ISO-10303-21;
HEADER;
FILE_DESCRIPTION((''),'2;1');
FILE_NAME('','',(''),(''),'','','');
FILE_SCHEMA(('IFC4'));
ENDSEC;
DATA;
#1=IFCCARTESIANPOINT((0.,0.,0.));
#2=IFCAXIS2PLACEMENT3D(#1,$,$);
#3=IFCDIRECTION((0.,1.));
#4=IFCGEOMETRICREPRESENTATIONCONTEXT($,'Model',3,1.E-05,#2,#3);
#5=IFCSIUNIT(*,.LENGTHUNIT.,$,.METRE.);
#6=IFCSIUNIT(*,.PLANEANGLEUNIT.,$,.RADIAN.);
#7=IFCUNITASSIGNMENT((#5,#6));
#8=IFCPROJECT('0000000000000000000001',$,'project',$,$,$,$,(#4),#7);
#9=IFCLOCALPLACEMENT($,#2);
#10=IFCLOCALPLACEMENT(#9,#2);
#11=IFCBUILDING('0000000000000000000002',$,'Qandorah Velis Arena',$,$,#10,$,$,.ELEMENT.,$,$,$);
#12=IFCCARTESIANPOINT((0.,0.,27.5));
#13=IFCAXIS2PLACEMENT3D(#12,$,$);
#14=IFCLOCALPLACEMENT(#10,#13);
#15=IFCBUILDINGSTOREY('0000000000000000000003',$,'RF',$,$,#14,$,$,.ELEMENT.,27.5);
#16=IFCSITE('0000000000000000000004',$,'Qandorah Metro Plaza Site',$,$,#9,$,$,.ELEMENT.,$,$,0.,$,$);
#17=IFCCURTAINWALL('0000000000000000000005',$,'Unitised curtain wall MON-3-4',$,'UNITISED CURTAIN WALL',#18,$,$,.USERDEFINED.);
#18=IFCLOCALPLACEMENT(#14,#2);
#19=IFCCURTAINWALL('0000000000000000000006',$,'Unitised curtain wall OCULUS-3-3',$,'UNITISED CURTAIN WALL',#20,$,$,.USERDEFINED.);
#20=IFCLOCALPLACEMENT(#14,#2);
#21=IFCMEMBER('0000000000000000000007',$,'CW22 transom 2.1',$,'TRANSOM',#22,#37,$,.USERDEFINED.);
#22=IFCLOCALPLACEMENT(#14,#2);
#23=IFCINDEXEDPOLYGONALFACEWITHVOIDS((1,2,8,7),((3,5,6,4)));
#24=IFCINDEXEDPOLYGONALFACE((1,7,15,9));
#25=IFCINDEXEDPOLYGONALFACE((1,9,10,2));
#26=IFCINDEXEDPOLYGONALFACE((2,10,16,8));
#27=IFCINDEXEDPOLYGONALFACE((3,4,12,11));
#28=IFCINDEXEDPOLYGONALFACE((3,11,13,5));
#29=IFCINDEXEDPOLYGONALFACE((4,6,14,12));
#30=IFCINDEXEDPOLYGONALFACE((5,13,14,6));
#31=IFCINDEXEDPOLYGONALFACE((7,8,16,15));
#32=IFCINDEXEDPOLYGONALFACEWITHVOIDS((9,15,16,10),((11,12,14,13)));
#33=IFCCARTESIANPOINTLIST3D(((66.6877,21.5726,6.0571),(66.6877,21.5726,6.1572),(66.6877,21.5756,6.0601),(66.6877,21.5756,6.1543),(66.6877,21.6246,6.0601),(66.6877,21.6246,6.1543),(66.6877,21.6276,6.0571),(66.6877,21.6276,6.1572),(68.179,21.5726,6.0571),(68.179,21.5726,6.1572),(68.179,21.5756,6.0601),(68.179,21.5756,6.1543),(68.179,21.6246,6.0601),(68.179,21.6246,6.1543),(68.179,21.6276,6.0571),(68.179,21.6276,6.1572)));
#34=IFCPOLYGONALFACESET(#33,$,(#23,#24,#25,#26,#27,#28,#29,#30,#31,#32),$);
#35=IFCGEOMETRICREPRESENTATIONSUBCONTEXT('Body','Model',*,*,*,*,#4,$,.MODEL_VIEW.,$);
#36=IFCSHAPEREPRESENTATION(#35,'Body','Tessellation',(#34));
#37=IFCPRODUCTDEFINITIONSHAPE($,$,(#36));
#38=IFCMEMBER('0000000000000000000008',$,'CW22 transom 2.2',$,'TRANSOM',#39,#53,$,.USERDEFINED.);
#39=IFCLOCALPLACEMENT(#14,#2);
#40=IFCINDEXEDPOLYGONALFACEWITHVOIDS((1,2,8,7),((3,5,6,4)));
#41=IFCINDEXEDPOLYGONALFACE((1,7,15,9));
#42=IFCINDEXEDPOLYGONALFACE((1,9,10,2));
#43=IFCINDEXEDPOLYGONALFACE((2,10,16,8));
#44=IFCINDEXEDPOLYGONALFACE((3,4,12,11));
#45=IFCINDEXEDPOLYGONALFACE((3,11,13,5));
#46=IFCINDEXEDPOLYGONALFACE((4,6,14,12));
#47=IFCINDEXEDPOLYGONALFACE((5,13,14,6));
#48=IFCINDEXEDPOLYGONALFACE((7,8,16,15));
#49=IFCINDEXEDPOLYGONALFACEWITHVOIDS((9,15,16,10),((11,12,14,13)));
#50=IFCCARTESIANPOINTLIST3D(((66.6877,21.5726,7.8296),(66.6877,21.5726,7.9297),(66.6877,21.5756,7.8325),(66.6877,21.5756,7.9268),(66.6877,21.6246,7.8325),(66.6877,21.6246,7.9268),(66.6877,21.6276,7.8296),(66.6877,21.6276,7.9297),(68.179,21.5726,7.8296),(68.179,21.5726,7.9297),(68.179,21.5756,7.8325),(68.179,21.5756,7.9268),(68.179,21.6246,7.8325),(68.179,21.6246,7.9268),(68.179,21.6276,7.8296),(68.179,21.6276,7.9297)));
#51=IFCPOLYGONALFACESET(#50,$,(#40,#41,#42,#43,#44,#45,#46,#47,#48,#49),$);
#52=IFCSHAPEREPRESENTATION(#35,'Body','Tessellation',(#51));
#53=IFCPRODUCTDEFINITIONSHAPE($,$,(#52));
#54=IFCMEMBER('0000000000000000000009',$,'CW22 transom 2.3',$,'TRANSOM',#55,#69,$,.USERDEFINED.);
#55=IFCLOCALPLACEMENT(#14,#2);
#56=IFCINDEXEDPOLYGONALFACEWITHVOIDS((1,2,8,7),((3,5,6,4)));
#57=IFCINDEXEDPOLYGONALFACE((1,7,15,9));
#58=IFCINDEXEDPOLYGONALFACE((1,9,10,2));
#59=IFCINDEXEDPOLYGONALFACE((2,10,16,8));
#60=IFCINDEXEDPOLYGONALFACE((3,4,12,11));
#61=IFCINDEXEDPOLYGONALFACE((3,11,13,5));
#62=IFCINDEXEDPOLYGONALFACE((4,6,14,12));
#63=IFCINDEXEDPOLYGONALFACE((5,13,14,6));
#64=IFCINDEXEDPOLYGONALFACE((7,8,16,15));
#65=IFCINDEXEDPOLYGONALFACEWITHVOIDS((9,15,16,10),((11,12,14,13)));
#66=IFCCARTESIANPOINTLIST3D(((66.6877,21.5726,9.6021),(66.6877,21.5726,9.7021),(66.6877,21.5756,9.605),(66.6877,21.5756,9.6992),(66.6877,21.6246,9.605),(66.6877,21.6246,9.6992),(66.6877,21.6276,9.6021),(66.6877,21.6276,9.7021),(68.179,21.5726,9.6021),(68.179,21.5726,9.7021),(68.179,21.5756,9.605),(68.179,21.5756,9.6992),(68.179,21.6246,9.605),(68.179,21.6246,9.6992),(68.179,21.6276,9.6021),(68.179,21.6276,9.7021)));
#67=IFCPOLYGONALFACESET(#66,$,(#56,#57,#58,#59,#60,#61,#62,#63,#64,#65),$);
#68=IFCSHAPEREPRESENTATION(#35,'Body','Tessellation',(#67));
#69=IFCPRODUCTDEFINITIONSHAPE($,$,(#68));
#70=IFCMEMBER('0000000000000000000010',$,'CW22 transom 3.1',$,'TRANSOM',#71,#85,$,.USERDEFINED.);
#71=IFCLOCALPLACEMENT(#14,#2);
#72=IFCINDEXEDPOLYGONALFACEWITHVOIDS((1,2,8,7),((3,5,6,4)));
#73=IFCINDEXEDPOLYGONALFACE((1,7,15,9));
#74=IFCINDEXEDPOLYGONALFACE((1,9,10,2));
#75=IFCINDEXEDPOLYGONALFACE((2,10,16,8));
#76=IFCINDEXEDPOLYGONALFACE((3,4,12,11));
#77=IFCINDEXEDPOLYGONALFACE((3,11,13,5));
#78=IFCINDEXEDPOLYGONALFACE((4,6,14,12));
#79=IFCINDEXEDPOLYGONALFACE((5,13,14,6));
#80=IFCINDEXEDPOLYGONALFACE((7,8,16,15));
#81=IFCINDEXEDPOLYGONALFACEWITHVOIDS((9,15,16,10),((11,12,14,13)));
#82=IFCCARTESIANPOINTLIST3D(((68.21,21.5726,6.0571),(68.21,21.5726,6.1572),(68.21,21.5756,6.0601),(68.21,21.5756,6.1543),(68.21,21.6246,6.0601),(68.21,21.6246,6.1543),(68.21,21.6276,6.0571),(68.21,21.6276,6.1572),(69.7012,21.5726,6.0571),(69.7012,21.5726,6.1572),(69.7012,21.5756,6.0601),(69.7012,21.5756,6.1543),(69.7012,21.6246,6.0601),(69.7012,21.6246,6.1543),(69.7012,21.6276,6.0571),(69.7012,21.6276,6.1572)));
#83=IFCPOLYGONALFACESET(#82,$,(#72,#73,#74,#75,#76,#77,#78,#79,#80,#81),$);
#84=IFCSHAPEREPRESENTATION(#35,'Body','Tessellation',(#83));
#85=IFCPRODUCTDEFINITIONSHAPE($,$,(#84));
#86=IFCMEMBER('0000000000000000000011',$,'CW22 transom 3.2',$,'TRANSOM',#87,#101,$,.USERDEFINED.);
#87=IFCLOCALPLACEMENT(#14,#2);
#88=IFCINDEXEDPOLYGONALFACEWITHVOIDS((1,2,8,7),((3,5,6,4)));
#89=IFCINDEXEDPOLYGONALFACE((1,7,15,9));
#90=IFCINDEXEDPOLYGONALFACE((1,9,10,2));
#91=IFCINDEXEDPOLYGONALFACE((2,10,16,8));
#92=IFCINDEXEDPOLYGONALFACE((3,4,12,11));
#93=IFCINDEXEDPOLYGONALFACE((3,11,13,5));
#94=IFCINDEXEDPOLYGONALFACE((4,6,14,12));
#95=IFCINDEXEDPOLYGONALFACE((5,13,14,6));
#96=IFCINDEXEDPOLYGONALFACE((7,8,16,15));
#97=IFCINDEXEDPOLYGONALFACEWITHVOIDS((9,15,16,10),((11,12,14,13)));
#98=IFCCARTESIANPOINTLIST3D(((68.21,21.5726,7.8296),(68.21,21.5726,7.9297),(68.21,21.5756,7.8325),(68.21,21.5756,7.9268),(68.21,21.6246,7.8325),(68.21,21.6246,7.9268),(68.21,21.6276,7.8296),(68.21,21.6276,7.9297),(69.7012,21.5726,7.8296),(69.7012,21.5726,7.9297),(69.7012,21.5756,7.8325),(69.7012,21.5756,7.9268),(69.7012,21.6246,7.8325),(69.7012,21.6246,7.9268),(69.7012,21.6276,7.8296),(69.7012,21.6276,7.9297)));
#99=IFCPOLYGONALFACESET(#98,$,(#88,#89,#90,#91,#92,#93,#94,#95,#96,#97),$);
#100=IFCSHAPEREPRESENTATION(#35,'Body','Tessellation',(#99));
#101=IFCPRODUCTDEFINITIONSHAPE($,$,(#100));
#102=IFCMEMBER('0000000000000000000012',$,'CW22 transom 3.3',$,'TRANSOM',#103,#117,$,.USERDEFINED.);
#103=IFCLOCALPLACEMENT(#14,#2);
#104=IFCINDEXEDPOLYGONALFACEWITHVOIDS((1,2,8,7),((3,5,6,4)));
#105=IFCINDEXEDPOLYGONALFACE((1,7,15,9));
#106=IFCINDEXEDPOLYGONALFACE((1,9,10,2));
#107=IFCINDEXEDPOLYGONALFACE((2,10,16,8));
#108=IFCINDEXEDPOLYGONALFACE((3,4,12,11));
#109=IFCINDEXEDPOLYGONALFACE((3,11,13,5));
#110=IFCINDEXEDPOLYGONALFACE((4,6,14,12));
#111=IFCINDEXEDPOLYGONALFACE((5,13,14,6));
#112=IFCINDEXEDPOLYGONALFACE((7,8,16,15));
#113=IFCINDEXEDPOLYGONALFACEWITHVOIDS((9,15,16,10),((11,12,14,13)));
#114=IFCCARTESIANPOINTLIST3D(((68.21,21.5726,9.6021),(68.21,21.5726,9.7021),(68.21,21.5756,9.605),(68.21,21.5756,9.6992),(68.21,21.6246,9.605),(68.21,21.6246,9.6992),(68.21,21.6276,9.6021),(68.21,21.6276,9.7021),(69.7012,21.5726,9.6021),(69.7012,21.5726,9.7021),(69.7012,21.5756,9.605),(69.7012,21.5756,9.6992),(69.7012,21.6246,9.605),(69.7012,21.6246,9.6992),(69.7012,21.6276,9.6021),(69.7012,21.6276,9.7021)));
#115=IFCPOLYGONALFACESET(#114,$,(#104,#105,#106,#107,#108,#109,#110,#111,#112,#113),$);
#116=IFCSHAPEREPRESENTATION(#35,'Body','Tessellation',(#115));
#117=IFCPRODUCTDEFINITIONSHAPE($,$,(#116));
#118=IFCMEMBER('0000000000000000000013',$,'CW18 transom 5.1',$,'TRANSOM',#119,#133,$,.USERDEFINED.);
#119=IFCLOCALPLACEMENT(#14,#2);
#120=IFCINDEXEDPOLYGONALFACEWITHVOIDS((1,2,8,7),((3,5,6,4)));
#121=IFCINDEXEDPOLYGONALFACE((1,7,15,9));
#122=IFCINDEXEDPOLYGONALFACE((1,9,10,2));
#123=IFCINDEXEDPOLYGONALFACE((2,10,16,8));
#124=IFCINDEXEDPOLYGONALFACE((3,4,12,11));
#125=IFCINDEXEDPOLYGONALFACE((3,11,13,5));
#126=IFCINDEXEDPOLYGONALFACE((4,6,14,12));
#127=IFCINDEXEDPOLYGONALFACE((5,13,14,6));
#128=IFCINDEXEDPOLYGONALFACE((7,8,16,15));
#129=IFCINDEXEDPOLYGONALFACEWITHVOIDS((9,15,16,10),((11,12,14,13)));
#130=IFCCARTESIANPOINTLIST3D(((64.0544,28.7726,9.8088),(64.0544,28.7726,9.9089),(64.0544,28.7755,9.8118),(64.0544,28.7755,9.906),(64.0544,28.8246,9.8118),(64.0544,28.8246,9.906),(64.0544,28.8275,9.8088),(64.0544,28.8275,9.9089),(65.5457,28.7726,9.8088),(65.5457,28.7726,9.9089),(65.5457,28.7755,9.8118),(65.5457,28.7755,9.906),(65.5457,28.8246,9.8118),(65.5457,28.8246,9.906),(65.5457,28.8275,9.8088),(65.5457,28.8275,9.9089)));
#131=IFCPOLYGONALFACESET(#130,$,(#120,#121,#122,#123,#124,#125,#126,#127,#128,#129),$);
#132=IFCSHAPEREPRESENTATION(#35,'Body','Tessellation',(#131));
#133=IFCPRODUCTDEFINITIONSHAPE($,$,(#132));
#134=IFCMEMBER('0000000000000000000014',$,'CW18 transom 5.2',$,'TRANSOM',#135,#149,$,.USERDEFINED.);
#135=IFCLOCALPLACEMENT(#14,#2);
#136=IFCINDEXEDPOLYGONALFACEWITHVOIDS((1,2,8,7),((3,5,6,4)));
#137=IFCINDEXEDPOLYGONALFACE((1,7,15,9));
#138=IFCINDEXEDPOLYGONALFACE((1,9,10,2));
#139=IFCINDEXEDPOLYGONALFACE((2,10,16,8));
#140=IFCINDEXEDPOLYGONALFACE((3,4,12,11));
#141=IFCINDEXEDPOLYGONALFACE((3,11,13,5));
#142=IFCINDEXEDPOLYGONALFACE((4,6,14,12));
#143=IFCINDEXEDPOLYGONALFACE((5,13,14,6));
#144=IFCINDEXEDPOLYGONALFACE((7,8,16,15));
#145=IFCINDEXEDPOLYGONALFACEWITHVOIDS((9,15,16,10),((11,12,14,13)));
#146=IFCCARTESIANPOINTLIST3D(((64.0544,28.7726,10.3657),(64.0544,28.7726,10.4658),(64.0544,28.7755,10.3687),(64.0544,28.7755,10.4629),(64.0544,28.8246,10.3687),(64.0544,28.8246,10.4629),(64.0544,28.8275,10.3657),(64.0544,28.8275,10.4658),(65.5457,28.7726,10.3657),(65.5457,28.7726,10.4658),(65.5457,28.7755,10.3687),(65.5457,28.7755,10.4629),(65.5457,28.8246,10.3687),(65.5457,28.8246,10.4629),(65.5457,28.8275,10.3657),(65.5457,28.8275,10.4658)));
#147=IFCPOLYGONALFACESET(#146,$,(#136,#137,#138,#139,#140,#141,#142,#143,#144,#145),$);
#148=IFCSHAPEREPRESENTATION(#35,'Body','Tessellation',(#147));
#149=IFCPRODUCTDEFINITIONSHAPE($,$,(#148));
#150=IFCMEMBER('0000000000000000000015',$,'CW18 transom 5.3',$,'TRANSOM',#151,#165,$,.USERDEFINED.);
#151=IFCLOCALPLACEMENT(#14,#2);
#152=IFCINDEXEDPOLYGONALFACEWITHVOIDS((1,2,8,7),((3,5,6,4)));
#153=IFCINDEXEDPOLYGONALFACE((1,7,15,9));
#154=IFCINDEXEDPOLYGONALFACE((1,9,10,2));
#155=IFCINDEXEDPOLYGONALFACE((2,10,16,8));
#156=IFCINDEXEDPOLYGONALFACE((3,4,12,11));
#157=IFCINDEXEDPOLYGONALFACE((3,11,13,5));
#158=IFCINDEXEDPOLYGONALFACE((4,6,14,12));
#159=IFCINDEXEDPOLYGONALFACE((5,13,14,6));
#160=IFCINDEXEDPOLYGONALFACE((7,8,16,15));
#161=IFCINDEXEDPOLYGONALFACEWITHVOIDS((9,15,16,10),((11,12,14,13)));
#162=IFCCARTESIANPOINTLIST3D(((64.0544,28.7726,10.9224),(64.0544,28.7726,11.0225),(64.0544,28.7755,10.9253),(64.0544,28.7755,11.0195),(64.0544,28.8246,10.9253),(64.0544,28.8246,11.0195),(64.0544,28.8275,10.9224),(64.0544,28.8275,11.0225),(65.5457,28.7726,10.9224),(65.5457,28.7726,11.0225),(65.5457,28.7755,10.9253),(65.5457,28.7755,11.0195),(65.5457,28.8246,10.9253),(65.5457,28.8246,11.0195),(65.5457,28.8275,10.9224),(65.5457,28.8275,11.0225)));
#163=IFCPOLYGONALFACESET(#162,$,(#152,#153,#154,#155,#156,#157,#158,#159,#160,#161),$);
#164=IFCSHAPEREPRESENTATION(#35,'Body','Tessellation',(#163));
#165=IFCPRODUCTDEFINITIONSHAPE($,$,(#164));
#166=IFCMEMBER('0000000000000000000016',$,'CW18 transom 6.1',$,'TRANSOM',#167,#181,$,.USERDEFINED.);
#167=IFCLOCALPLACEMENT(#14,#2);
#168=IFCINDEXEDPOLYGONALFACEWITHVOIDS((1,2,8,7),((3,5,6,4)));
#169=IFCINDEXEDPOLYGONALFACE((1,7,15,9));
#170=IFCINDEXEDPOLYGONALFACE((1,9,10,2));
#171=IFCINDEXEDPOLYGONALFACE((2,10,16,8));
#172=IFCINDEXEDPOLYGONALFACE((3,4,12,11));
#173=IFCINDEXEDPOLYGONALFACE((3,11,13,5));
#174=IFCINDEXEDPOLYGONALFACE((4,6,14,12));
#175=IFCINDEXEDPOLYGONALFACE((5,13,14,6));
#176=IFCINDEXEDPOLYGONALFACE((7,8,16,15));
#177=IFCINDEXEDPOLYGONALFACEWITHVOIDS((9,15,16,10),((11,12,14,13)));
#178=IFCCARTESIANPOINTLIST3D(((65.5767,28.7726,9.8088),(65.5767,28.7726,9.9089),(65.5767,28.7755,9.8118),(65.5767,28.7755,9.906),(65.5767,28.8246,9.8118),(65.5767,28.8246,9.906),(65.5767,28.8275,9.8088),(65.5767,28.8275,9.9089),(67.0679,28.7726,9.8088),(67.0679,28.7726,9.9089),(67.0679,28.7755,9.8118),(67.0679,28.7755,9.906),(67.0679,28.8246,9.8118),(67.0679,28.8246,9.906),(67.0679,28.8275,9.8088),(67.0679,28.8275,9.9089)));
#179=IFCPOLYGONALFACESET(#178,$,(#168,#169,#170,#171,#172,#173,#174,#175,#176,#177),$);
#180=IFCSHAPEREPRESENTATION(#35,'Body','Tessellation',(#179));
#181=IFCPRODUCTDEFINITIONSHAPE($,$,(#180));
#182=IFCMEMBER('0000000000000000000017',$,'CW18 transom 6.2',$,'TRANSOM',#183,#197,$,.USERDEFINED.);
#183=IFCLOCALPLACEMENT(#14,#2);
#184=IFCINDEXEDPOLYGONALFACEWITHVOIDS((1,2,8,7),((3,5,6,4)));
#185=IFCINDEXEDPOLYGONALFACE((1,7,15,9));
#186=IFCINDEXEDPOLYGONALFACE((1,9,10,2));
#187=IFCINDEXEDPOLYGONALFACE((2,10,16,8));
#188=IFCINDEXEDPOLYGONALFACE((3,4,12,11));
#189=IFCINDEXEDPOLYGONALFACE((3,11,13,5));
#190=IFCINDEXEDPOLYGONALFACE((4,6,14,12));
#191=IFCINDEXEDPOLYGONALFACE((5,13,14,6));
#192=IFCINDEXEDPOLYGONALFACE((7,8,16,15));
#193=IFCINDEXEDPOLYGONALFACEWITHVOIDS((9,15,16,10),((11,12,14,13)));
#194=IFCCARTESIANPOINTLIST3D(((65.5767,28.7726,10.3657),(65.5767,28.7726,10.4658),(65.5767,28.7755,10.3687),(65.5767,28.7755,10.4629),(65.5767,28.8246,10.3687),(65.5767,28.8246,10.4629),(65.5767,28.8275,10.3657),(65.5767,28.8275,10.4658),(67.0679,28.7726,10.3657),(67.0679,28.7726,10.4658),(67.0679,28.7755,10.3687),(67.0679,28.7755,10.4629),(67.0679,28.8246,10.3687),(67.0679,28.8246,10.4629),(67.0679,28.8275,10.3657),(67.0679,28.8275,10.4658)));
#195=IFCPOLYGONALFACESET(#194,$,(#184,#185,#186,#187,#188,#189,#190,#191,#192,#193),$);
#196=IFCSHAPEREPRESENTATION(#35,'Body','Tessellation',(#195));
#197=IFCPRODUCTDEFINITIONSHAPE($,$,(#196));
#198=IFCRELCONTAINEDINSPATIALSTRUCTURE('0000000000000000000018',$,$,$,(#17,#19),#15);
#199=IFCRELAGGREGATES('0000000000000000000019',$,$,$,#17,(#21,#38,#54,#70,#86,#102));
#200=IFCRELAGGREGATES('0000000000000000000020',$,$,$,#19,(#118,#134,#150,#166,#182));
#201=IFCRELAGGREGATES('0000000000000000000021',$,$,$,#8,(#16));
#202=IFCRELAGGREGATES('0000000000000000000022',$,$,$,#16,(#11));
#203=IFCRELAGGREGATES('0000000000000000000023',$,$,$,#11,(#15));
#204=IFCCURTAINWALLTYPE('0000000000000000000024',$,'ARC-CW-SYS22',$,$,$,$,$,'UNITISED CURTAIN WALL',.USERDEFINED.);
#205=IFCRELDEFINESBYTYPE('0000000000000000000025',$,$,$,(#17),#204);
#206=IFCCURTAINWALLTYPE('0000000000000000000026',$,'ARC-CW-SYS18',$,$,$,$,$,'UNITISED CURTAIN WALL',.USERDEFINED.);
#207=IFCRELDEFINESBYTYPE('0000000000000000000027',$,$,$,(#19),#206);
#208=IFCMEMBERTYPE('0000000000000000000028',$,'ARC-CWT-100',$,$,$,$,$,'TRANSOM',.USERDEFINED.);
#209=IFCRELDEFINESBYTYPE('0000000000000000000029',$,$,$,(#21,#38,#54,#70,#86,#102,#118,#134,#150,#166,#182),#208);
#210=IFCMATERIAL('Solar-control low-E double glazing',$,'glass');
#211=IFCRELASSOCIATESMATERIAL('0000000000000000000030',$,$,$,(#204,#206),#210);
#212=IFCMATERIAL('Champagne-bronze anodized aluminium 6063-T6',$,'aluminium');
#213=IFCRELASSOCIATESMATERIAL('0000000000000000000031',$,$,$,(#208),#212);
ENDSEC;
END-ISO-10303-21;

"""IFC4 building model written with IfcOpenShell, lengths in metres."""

from ifc_helpers import new_model, si_unit, direction, frame, origin, origin_2d, place, context, subcontext, project, spatial, hollow_rectangle, extrude, material, material_profile, profile_set, type_object, element, aggregate, save


model = new_model("IFC4")

# Units and contexts
model_context = context("Model", 3, precision=1e-05, world=origin(), true_north=direction((0.0, 1.0)))
body_context = subcontext(model_context, "Body", "Model", "MODEL_VIEW")
ifc_project = project(units=[si_unit("LENGTHUNIT", "METRE"), si_unit("PLANEANGLEUNIT", "RADIAN")], contexts=[model_context])

# Site, building, storey
site_placement = place(None, origin())
site = spatial("IfcSite", under=ifc_project, at=site_placement, Name="Qandorah Metro Plaza Site", CompositionType="ELEMENT", RefElevation=0.0)
building_placement = place(site_placement, origin())
building = spatial("IfcBuilding", under=site, at=building_placement, Name="Qandorah Velis Arena", CompositionType="ELEMENT")
storey_placement = place(building_placement, frame((0.0, 0.0, 27.5)))
storey = spatial("IfcBuildingStorey", under=building, at=storey_placement, Name="RF", CompositionType="ELEMENT", Elevation=27.5)

# Shared definitions
ifc_material_1 = material(Name="Solar-control low-E double glazing", Category="glass")
ifc_material_2 = material(Name="Champagne-bronze anodized aluminium 6063-T6", Category="aluminium")

# Curtain walls
curtain_wall_type_1 = type_object("IfcCurtainWallType", Name="ARC-CW-SYS22", ElementType="UNITISED CURTAIN WALL", PredefinedType="USERDEFINED", material=ifc_material_1)
curtain_wall_1_placement = place(storey_placement, origin())
curtain_wall_1 = element("IfcCurtainWall", 1, at=curtain_wall_1_placement, inside=storey, type_object=curtain_wall_type_1, Name="Unitised curtain wall MON-3-4", ObjectType="UNITISED CURTAIN WALL", PredefinedType="USERDEFINED")
curtain_wall_type_2 = type_object("IfcCurtainWallType", Name="ARC-CW-SYS18", ElementType="UNITISED CURTAIN WALL", PredefinedType="USERDEFINED", material=ifc_material_1)
curtain_wall_2_placement = place(storey_placement, origin())
curtain_wall_2 = element("IfcCurtainWall", 2, at=curtain_wall_2_placement, inside=storey, type_object=curtain_wall_type_2, Name="Unitised curtain wall OCULUS-3-3", ObjectType="UNITISED CURTAIN WALL", PredefinedType="USERDEFINED")

# Members
ifc_material_profile_1 = material_profile(ifc_material_2, hollow_rectangle(XDim=0.0549, YDim=0.1001, WallThickness=0.0029, at=origin_2d()), Name="ALU TRANSOM 55x100")
ifc_profile_set_1 = profile_set([ifc_material_profile_1], Name="Champagne-bronze anodized aluminium 6063-T6")
member_type_1 = type_object("IfcMemberType", Name="ARC-CWT-100", ElementType="TRANSOM", PredefinedType="USERDEFINED", material=ifc_profile_set_1)
member_1_placement = place(storey_placement, frame((66.6877, 21.6001, 6.1072), z_axis=(1.0, 0.0, 0.0), x_axis=(0.0, 1.0, 0.0)))
member_1 = element("IfcMember", 3, at=member_1_placement, type_object=member_type_1, Name="CW22 transom 2.1", ObjectType="TRANSOM", PredefinedType="USERDEFINED", context=body_context, shape_type="SweptSolid", body=[
    extrude(hollow_rectangle(XDim=0.0549, YDim=0.1001, WallThickness=0.0029, at=origin_2d()), origin(), (0.0, 0.0, 1.0), 1.4912),
])
member_2_placement = place(storey_placement, frame((66.6877, 21.6001, 7.8796), z_axis=(1.0, 0.0, 0.0), x_axis=(0.0, 1.0, 0.0)))
member_2 = element("IfcMember", 4, at=member_2_placement, type_object=member_type_1, Name="CW22 transom 2.2", ObjectType="TRANSOM", PredefinedType="USERDEFINED", context=body_context, shape_type="SweptSolid", body=[
    extrude(hollow_rectangle(XDim=0.0549, YDim=0.1001, WallThickness=0.0029, at=origin_2d()), origin(), (0.0, 0.0, 1.0), 1.4912),
])
member_3_placement = place(storey_placement, frame((66.6877, 21.6001, 9.6521), z_axis=(1.0, 0.0, 0.0), x_axis=(0.0, 1.0, 0.0)))
member_3 = element("IfcMember", 5, at=member_3_placement, type_object=member_type_1, Name="CW22 transom 2.3", ObjectType="TRANSOM", PredefinedType="USERDEFINED", context=body_context, shape_type="SweptSolid", body=[
    extrude(hollow_rectangle(XDim=0.0549, YDim=0.1001, WallThickness=0.0029, at=origin_2d()), origin(), (0.0, 0.0, 1.0), 1.4912),
])
member_4_placement = place(storey_placement, frame((68.21, 21.6001, 6.1072), z_axis=(1.0, 0.0, 0.0), x_axis=(0.0, 1.0, 0.0)))
member_4 = element("IfcMember", 6, at=member_4_placement, type_object=member_type_1, Name="CW22 transom 3.1", ObjectType="TRANSOM", PredefinedType="USERDEFINED", context=body_context, shape_type="SweptSolid", body=[
    extrude(hollow_rectangle(XDim=0.0549, YDim=0.1001, WallThickness=0.0029, at=origin_2d()), origin(), (0.0, 0.0, 1.0), 1.4912),
])
member_5_placement = place(storey_placement, frame((68.21, 21.6001, 7.8796), z_axis=(1.0, 0.0, 0.0), x_axis=(0.0, 1.0, 0.0)))
member_5 = element("IfcMember", 7, at=member_5_placement, type_object=member_type_1, Name="CW22 transom 3.2", ObjectType="TRANSOM", PredefinedType="USERDEFINED", context=body_context, shape_type="SweptSolid", body=[
    extrude(hollow_rectangle(XDim=0.0549, YDim=0.1001, WallThickness=0.0029, at=origin_2d()), origin(), (0.0, 0.0, 1.0), 1.4912),
])
member_6_placement = place(storey_placement, frame((68.21, 21.6001, 9.6521), z_axis=(1.0, 0.0, 0.0), x_axis=(0.0, 1.0, 0.0)))
member_6 = element("IfcMember", 8, at=member_6_placement, type_object=member_type_1, Name="CW22 transom 3.3", ObjectType="TRANSOM", PredefinedType="USERDEFINED", context=body_context, shape_type="SweptSolid", body=[
    extrude(hollow_rectangle(XDim=0.0549, YDim=0.1001, WallThickness=0.0029, at=origin_2d()), origin(), (0.0, 0.0, 1.0), 1.4912),
])
member_7_placement = place(storey_placement, frame((64.0544, 28.8, 9.8589), z_axis=(1.0, 0.0, 0.0), x_axis=(0.0, 1.0, 0.0)))
member_7 = element("IfcMember", 9, at=member_7_placement, type_object=member_type_1, Name="CW18 transom 5.1", ObjectType="TRANSOM", PredefinedType="USERDEFINED", context=body_context, shape_type="SweptSolid", body=[
    extrude(hollow_rectangle(XDim=0.0549, YDim=0.1001, WallThickness=0.0029, at=origin_2d()), origin(), (0.0, 0.0, 1.0), 1.4912),
])
member_8_placement = place(storey_placement, frame((64.0544, 28.8, 10.4158), z_axis=(1.0, 0.0, 0.0), x_axis=(0.0, 1.0, 0.0)))
member_8 = element("IfcMember", 10, at=member_8_placement, type_object=member_type_1, Name="CW18 transom 5.2", ObjectType="TRANSOM", PredefinedType="USERDEFINED", context=body_context, shape_type="SweptSolid", body=[
    extrude(hollow_rectangle(XDim=0.0549, YDim=0.1001, WallThickness=0.0029, at=origin_2d()), origin(), (0.0, 0.0, 1.0), 1.4912),
])
member_9_placement = place(storey_placement, frame((64.0544, 28.8, 10.9724), z_axis=(1.0, 0.0, 0.0), x_axis=(0.0, 1.0, 0.0)))
member_9 = element("IfcMember", 11, at=member_9_placement, type_object=member_type_1, Name="CW18 transom 5.3", ObjectType="TRANSOM", PredefinedType="USERDEFINED", context=body_context, shape_type="SweptSolid", body=[
    extrude(hollow_rectangle(XDim=0.0549, YDim=0.1001, WallThickness=0.0029, at=origin_2d()), origin(), (0.0, 0.0, 1.0), 1.4912),
])
member_10_placement = place(storey_placement, frame((65.5767, 28.8, 9.8589), z_axis=(1.0, 0.0, 0.0), x_axis=(0.0, 1.0, 0.0)))
member_10 = element("IfcMember", 12, at=member_10_placement, type_object=member_type_1, Name="CW18 transom 6.1", ObjectType="TRANSOM", PredefinedType="USERDEFINED", context=body_context, shape_type="SweptSolid", body=[
    extrude(hollow_rectangle(XDim=0.0549, YDim=0.1001, WallThickness=0.0029, at=origin_2d()), origin(), (0.0, 0.0, 1.0), 1.4912),
])
member_11_placement = place(storey_placement, frame((65.5767, 28.8, 10.4158), z_axis=(1.0, 0.0, 0.0), x_axis=(0.0, 1.0, 0.0)))
member_11 = element("IfcMember", 13, at=member_11_placement, type_object=member_type_1, Name="CW18 transom 6.2", ObjectType="TRANSOM", PredefinedType="USERDEFINED", context=body_context, shape_type="SweptSolid", body=[
    extrude(hollow_rectangle(XDim=0.0549, YDim=0.1001, WallThickness=0.0029, at=origin_2d()), origin(), (0.0, 0.0, 1.0), 1.4912),
])

aggregate(curtain_wall_1, [member_1, member_2, member_3, member_4, member_5, member_6])
aggregate(curtain_wall_2, [member_7, member_8, member_9, member_10, member_11])

save(model, "model.ifc")
